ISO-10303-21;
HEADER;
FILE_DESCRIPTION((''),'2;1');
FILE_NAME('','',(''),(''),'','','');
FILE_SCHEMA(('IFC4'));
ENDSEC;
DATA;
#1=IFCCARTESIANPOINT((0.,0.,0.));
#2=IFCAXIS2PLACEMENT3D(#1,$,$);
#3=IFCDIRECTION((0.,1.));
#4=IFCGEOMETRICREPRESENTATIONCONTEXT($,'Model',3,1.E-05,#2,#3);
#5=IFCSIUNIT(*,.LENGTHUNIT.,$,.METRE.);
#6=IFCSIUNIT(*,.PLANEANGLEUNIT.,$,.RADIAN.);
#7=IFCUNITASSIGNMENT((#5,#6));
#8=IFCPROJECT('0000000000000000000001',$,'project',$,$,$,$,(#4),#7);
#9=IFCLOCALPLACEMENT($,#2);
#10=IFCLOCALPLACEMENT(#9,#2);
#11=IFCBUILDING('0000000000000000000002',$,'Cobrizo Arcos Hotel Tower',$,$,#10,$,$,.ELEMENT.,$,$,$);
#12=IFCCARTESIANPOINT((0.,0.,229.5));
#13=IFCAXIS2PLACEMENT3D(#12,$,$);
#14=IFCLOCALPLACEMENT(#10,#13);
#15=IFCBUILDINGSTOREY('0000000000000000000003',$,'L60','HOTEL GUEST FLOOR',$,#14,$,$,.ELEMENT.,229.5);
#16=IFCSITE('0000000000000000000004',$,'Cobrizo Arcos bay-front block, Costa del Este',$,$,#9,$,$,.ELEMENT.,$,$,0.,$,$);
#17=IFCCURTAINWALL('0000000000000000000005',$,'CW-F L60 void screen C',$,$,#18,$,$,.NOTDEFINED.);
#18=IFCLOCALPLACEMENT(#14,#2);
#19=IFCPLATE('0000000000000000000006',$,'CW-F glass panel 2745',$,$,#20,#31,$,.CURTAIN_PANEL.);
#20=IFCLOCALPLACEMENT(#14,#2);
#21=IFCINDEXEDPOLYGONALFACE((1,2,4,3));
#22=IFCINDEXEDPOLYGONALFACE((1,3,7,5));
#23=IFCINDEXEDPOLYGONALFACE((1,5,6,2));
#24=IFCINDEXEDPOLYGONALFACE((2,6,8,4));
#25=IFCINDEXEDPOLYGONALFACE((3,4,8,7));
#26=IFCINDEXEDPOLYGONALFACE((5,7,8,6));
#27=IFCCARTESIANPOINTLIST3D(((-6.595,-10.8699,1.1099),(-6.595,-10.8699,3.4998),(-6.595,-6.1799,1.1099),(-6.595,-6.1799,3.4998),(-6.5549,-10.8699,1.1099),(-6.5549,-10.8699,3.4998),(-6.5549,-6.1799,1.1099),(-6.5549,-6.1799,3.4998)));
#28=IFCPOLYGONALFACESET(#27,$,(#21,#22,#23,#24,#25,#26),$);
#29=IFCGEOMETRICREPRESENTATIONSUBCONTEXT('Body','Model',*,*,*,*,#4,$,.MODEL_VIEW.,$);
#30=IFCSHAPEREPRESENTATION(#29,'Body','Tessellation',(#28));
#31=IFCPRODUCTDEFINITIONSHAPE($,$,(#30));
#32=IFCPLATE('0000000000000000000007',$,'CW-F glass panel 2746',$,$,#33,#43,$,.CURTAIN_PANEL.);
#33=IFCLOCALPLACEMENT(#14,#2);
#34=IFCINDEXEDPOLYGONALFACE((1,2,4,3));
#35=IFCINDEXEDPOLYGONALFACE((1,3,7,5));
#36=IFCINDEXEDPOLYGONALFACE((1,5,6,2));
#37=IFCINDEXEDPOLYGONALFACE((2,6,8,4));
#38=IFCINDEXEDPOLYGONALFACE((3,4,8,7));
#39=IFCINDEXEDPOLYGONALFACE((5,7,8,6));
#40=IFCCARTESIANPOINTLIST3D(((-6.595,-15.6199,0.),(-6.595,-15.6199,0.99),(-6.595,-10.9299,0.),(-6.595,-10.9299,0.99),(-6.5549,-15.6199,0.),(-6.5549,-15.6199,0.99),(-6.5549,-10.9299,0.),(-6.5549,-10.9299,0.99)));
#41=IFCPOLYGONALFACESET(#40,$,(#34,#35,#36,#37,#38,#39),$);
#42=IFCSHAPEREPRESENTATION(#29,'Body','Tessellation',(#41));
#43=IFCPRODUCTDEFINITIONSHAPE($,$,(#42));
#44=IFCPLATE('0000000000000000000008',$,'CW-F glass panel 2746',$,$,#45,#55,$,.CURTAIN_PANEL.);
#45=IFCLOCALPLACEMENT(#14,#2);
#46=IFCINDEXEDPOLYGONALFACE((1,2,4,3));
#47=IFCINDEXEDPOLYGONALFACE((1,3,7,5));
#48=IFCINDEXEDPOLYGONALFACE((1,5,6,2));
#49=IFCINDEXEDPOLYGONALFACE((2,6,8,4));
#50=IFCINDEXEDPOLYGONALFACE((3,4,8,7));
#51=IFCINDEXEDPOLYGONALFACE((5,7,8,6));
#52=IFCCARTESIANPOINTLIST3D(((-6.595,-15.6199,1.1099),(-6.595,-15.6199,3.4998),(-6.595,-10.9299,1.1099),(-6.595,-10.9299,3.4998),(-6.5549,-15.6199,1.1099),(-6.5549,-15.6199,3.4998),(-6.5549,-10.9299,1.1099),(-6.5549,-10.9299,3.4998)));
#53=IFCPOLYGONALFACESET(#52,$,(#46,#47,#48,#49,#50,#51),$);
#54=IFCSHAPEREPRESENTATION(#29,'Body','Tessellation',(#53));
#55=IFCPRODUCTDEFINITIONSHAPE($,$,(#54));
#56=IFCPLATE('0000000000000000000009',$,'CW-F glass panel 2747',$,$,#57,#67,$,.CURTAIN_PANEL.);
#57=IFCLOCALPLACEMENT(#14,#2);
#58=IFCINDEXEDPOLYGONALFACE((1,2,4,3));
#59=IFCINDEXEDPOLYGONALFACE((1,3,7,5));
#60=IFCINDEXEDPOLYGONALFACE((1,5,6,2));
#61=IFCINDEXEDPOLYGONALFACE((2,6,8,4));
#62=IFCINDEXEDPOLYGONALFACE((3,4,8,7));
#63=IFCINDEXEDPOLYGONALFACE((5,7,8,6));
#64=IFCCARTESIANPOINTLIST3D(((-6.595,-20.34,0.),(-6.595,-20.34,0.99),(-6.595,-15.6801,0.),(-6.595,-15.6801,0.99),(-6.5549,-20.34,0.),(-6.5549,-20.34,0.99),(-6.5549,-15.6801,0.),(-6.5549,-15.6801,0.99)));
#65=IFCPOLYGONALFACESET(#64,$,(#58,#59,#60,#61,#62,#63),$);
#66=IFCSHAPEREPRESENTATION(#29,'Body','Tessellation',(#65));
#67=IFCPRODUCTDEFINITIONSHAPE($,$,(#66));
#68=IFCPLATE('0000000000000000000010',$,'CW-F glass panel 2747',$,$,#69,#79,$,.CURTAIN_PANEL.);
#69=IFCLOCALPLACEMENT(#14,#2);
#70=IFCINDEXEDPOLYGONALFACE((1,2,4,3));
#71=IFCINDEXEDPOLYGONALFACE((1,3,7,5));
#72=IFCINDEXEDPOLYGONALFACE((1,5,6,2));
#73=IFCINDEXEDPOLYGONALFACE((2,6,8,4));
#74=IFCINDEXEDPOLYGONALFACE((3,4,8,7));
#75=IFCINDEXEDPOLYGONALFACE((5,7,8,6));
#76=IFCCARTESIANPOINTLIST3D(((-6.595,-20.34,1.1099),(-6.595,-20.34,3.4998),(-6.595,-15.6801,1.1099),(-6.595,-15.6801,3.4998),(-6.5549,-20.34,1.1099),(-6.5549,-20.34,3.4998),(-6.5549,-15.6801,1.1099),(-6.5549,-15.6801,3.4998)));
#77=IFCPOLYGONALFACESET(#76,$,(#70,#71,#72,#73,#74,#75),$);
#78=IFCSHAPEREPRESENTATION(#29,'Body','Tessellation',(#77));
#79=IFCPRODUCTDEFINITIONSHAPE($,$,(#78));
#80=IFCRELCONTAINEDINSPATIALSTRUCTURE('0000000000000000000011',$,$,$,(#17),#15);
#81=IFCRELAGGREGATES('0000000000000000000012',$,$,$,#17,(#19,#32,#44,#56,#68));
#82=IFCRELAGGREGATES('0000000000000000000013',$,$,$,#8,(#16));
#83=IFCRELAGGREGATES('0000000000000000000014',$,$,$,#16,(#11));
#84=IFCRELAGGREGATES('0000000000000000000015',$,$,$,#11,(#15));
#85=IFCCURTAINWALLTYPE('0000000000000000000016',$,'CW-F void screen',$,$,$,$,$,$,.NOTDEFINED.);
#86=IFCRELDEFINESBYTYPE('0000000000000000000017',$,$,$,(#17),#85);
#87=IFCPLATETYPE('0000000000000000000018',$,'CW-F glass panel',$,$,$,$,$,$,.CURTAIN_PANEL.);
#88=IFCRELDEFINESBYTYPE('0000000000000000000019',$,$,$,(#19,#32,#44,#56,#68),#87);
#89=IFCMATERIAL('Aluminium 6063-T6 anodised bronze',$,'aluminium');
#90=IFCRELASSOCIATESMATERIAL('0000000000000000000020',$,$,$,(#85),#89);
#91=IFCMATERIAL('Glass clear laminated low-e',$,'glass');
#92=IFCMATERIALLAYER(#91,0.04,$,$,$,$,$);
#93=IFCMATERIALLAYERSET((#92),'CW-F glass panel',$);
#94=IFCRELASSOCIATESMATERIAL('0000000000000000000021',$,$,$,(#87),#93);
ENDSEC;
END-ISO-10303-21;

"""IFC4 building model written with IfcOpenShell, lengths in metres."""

from ifc_helpers import new_model, si_unit, direction, frame, origin, origin_2d, place, context, subcontext, project, spatial, rectangle, extrude, material, layer, layer_set, type_object, element, aggregate, save


model = new_model("IFC4")

# Units and contexts
model_context = context("Model", 3, precision=1e-05, world=origin(), true_north=direction((0.0, 1.0)))
body_context = subcontext(model_context, "Body", "Model", "MODEL_VIEW")
ifc_project = project(units=[si_unit("LENGTHUNIT", "METRE"), si_unit("PLANEANGLEUNIT", "RADIAN")], contexts=[model_context])

# Site, building, storey
site_placement = place(None, origin())
site = spatial("IfcSite", under=ifc_project, at=site_placement, Name="Cobrizo Arcos bay-front block, Costa del Este", CompositionType="ELEMENT", RefElevation=0.0)
building_placement = place(site_placement, origin())
building = spatial("IfcBuilding", under=site, at=building_placement, Name="Cobrizo Arcos Hotel Tower", CompositionType="ELEMENT")
storey_placement = place(building_placement, frame((0.0, 0.0, 229.5)))
storey = spatial("IfcBuildingStorey", under=building, at=storey_placement, Name="L60", Description="HOTEL GUEST FLOOR", CompositionType="ELEMENT", Elevation=229.5)

# Shared definitions
ifc_material_1 = material(Name="Aluminium 6063-T6 anodised bronze", Category="aluminium")

# Curtain wall, plates
curtain_wall_type_1 = type_object("IfcCurtainWallType", Name="CW-F void screen", PredefinedType="NOTDEFINED", material=ifc_material_1)
curtain_wall_1_placement = place(storey_placement, origin())
curtain_wall_1 = element("IfcCurtainWall", 1, at=curtain_wall_1_placement, inside=storey, type_object=curtain_wall_type_1, Name="CW-F L60 void screen C", PredefinedType="NOTDEFINED")
ifc_material_2 = material(Name="Glass clear laminated low-e", Category="glass")
ifc_layer_1 = layer(ifc_material_2, 0.04)
ifc_layer_set_1 = layer_set([ifc_layer_1], Name="CW-F glass panel")
plate_type = type_object("IfcPlateType", Name="CW-F glass panel", PredefinedType="CURTAIN_PANEL", material=ifc_layer_set_1)
plate_1_placement = place(storey_placement, frame((-6.575, -8.5249, 1.1099), z_axis=(0.0, 0.0, 1.0), x_axis=(0.0, -1.0, 0.0)))
plate_1 = element("IfcPlate", 2, at=plate_1_placement, type_object=plate_type, Name="CW-F glass panel 2745", PredefinedType="CURTAIN_PANEL", context=body_context, shape_type="SweptSolid", body=[
    extrude(rectangle(XDim=4.6899, YDim=0.04, at=origin_2d()), origin(), (0.0, 0.0, 1.0), 2.3899),
])
plate_2_placement = place(storey_placement, frame((-6.575, -13.2749, 0.0), z_axis=(0.0, 0.0, 1.0), x_axis=(0.0, -1.0, 0.0)))
plate_2 = element("IfcPlate", 3, at=plate_2_placement, type_object=plate_type, Name="CW-F glass panel 2746", PredefinedType="CURTAIN_PANEL", context=body_context, shape_type="SweptSolid", body=[
    extrude(rectangle(XDim=4.6899, YDim=0.04, at=origin_2d()), origin(), (0.0, 0.0, 1.0), 0.99),
])
plate_3_placement = place(storey_placement, frame((-6.575, -13.2749, 1.1099), z_axis=(0.0, 0.0, 1.0), x_axis=(0.0, -1.0, 0.0)))
plate_3 = element("IfcPlate", 4, at=plate_3_placement, type_object=plate_type, Name="CW-F glass panel 2746", PredefinedType="CURTAIN_PANEL", context=body_context, shape_type="SweptSolid", body=[
    extrude(rectangle(XDim=4.6899, YDim=0.04, at=origin_2d()), origin(), (0.0, 0.0, 1.0), 2.3899),
])
plate_4_placement = place(storey_placement, frame((-6.575, -18.01, 0.0), z_axis=(0.0, 0.0, 1.0), x_axis=(0.0, -1.0, 0.0)))
plate_4 = element("IfcPlate", 5, at=plate_4_placement, type_object=plate_type, Name="CW-F glass panel 2747", PredefinedType="CURTAIN_PANEL", context=body_context, shape_type="SweptSolid", body=[
    extrude(rectangle(XDim=4.6599, YDim=0.04, at=origin_2d()), origin(), (0.0, 0.0, 1.0), 0.99),
])
plate_5_placement = place(storey_placement, frame((-6.575, -18.01, 1.1099), z_axis=(0.0, 0.0, 1.0), x_axis=(0.0, -1.0, 0.0)))
plate_5 = element("IfcPlate", 6, at=plate_5_placement, type_object=plate_type, Name="CW-F glass panel 2747", PredefinedType="CURTAIN_PANEL", context=body_context, shape_type="SweptSolid", body=[
    extrude(rectangle(XDim=4.6599, YDim=0.04, at=origin_2d()), origin(), (0.0, 0.0, 1.0), 2.3899),
])
aggregate(curtain_wall_1, [plate_1, plate_2, plate_3, plate_4, plate_5])

save(model, "model.ifc")
